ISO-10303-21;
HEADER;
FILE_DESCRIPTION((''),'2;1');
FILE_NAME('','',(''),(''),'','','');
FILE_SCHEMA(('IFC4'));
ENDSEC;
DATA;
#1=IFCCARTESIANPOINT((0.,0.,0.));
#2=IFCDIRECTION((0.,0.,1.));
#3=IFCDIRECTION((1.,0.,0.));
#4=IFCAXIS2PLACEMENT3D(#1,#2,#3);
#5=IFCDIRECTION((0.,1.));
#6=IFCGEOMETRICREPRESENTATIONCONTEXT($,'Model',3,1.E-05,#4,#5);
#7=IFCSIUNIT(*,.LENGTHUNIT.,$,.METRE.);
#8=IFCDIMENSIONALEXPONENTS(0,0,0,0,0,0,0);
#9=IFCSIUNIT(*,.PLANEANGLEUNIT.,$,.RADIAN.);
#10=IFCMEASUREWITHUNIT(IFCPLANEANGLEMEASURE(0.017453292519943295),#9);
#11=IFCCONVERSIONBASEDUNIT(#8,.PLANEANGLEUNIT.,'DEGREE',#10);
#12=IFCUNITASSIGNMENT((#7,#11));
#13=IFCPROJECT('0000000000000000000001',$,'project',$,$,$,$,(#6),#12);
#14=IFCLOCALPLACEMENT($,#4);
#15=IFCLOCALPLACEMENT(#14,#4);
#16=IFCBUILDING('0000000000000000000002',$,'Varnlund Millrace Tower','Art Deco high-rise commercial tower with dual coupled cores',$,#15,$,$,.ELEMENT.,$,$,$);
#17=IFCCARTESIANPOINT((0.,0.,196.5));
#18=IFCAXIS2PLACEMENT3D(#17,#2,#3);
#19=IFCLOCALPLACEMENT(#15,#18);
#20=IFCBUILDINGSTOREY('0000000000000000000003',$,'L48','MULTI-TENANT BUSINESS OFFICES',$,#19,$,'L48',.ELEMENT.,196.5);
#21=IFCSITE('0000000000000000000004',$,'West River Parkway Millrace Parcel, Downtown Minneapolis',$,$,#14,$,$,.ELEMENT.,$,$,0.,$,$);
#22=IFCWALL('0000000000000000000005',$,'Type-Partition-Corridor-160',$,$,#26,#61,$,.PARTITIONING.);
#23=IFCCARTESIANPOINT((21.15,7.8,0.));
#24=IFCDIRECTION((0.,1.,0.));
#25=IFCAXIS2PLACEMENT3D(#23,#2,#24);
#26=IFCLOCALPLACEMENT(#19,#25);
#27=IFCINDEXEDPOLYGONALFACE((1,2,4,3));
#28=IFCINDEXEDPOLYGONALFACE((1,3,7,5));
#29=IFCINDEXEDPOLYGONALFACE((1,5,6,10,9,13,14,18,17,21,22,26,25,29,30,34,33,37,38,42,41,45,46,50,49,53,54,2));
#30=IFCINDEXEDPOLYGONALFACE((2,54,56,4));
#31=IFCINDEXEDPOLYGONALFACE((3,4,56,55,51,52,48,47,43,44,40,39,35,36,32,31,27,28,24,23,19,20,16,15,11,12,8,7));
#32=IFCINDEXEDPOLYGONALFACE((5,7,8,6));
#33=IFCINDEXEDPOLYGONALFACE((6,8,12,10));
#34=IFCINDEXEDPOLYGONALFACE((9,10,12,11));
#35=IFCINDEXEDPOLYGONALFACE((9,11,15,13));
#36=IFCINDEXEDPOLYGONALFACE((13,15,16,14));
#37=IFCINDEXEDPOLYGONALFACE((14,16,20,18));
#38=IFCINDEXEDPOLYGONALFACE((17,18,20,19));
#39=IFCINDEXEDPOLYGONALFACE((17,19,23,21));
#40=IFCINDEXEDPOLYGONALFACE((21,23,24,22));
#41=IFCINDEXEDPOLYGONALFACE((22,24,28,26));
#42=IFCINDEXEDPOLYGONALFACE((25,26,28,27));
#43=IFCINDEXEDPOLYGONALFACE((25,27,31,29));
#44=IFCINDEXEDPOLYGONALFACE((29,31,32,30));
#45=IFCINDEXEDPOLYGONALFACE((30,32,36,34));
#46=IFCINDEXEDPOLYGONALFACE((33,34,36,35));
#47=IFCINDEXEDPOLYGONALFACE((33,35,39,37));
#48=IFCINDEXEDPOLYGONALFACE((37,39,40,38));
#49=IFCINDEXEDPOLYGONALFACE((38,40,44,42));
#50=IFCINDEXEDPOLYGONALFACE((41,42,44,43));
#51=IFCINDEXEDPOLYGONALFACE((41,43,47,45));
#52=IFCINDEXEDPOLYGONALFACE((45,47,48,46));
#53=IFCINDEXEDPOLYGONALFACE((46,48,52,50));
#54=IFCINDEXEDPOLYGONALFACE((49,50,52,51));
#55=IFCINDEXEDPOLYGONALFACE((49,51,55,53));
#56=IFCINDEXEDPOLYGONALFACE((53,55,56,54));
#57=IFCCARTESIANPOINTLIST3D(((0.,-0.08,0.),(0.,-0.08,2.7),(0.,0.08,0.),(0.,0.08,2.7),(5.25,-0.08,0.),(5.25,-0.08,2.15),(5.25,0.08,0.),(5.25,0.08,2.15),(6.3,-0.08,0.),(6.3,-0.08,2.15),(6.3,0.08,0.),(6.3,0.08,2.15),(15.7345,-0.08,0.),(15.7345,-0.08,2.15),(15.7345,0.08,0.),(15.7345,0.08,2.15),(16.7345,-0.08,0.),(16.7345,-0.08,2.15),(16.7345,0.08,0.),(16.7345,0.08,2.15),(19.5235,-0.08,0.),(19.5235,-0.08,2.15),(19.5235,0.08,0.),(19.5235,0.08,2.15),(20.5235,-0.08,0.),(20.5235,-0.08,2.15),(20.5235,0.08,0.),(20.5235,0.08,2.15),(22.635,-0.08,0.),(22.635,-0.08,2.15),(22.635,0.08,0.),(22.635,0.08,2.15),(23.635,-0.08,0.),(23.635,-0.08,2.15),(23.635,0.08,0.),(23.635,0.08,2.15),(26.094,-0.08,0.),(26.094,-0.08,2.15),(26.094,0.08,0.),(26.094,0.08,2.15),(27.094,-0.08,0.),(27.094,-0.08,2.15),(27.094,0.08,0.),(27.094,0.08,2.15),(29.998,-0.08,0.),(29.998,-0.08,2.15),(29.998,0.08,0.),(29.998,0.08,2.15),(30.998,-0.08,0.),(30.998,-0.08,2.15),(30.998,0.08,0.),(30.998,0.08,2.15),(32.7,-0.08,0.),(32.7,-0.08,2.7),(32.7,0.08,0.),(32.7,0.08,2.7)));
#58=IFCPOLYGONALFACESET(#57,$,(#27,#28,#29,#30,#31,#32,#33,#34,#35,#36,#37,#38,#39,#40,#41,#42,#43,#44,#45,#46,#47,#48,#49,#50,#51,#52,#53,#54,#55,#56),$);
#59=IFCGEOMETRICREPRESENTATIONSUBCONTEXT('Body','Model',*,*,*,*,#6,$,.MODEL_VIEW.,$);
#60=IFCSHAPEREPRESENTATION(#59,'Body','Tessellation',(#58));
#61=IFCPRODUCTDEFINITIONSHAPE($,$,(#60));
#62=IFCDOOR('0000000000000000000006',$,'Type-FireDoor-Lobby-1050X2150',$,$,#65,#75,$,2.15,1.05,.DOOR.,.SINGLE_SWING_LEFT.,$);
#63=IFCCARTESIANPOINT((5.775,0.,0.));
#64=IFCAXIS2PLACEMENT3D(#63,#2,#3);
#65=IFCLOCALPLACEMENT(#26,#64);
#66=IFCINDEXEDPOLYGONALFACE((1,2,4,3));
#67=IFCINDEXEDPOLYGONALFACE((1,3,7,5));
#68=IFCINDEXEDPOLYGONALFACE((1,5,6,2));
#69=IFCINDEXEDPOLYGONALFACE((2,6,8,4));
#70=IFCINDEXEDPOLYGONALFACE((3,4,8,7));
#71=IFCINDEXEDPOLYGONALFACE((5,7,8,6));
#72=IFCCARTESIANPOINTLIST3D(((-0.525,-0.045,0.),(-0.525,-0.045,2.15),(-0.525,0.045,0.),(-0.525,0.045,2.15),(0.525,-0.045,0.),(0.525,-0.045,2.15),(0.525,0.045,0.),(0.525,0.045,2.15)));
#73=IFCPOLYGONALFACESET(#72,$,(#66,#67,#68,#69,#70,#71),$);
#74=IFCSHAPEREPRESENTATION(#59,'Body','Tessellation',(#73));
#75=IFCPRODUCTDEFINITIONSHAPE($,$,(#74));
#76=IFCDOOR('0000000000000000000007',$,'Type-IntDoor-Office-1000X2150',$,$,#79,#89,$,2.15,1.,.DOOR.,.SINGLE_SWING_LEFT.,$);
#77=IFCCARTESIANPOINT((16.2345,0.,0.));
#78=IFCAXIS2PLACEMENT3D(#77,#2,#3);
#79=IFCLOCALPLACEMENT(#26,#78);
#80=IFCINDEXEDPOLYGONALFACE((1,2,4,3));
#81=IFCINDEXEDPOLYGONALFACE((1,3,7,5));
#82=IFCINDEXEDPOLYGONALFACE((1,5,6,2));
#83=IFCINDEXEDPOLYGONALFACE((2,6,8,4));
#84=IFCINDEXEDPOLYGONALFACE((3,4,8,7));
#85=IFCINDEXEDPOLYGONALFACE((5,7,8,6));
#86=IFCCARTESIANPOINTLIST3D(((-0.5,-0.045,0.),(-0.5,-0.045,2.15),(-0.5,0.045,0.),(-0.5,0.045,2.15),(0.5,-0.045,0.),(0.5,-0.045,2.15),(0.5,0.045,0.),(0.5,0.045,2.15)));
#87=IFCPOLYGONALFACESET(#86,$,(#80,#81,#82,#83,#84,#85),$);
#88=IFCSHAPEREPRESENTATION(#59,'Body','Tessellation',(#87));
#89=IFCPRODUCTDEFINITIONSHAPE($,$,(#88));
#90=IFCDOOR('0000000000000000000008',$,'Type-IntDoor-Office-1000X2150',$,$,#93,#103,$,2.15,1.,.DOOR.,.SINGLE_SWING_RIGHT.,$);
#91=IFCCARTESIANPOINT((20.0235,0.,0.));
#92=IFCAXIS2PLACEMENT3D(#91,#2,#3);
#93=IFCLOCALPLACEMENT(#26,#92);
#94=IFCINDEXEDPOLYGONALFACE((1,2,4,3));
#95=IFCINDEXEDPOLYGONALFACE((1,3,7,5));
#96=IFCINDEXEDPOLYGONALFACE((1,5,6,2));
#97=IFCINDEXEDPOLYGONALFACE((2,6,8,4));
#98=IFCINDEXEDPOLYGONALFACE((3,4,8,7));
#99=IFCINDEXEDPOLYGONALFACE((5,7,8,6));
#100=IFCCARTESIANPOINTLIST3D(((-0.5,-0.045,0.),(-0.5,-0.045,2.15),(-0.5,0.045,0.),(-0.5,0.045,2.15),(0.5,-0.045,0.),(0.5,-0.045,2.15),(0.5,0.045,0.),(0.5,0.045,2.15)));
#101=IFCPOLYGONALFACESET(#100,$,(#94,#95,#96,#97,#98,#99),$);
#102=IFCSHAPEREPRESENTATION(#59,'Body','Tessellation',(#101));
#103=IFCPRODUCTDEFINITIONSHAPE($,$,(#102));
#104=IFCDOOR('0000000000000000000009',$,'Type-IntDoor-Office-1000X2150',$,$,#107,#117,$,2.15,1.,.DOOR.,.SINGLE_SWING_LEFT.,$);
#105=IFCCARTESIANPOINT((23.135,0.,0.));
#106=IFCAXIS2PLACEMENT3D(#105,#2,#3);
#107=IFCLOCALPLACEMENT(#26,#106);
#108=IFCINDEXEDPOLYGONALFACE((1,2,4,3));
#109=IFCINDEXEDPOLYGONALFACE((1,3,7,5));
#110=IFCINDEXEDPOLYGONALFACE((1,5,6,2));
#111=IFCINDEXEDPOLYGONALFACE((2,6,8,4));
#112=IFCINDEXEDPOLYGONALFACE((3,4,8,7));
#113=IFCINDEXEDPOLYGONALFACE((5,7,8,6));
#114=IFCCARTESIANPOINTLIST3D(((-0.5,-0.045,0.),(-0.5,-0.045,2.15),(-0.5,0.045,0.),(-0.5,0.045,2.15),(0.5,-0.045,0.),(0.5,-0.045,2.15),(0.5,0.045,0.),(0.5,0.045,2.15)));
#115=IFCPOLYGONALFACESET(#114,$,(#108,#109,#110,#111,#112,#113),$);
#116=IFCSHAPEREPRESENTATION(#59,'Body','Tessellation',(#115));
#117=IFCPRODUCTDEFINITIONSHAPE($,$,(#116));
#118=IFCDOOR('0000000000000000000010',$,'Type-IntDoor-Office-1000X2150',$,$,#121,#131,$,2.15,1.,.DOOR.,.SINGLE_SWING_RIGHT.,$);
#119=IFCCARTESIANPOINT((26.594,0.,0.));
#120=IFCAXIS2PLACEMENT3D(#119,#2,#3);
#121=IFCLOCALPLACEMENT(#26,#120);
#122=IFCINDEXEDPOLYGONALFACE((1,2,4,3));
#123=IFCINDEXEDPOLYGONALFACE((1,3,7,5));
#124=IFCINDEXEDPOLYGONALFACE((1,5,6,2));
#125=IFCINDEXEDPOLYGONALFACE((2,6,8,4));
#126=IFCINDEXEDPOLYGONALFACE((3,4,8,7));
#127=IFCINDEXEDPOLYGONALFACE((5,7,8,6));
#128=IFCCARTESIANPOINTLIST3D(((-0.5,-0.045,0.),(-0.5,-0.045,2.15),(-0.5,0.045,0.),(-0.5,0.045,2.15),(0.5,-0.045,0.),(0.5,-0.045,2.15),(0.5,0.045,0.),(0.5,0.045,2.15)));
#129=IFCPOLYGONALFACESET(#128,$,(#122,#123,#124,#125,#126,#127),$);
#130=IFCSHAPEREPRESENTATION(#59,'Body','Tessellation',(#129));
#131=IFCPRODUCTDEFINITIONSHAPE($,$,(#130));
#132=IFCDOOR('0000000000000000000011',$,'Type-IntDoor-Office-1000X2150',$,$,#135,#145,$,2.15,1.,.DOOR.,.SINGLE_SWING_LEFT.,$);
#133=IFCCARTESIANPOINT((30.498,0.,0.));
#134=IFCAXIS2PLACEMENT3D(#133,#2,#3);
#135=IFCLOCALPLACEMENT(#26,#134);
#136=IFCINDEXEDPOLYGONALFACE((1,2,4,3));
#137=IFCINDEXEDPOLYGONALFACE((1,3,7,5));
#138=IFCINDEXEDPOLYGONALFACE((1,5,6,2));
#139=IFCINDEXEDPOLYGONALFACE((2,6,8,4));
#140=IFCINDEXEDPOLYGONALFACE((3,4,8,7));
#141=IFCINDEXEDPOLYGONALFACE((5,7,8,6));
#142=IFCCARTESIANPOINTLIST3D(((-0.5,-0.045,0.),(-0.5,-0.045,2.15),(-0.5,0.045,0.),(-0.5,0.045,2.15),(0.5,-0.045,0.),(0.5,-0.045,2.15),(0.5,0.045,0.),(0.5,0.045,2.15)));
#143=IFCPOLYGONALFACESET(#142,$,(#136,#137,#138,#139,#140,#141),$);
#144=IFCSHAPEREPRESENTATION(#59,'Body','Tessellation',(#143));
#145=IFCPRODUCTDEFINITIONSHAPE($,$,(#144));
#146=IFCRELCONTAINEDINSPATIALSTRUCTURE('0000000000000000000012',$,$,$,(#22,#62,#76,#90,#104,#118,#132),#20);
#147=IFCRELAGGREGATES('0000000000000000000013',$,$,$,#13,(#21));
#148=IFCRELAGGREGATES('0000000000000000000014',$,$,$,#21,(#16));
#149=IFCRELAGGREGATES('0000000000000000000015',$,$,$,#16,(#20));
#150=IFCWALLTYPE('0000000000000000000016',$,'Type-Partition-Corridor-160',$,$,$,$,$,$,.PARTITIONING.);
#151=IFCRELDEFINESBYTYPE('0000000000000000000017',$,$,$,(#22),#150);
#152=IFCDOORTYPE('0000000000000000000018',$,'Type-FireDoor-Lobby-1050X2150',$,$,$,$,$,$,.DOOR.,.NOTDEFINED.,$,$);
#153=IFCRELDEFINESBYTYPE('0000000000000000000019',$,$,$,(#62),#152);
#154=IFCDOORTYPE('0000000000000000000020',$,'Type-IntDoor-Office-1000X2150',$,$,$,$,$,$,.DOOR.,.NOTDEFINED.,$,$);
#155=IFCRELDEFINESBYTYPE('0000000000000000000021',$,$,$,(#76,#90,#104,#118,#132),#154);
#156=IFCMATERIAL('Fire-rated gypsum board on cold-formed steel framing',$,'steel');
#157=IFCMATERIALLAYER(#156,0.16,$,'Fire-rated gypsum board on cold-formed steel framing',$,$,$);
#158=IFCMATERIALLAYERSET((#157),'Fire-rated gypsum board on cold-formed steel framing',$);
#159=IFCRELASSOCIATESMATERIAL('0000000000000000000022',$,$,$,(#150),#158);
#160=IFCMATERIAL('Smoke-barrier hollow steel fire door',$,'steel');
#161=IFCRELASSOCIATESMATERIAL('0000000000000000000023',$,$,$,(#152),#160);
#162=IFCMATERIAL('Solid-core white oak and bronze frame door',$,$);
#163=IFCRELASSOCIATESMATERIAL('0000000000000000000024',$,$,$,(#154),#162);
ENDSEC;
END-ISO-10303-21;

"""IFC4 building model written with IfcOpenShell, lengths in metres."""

from ifc_helpers import new_model, entity, si_unit, converted_unit, direction, frame, origin_with_axes, origin_2d_with_axis, place, context, subcontext, project, spatial, polyline, rectangle, outline, extrude, material, layer, layer_set, type_object, element, fill, save


model = new_model("IFC4")

# Units and contexts
model_context = context("Model", 3, precision=1e-05, world=origin_with_axes(), true_north=direction((0.0, 1.0)))
body_context = subcontext(model_context, "Body", "Model", "MODEL_VIEW")
ifc_project = project(units=[si_unit("LENGTHUNIT", "METRE"), converted_unit("PLANEANGLEUNIT", "DEGREE", entity("IfcPlaneAngleMeasure", 0.017453292519943295), si_unit("PLANEANGLEUNIT", "RADIAN"), dimensions=[0, 0, 0, 0, 0, 0, 0])], contexts=[model_context])

# Site, building, storey
site_placement = place(None, origin_with_axes())
site = spatial("IfcSite", under=ifc_project, at=site_placement, Name="West River Parkway Millrace Parcel, Downtown Minneapolis", CompositionType="ELEMENT", RefElevation=0.0)
building_placement = place(site_placement, origin_with_axes())
building = spatial("IfcBuilding", under=site, at=building_placement, Name="Varnlund Millrace Tower", Description="Art Deco high-rise commercial tower with dual coupled cores", CompositionType="ELEMENT")
storey_placement = place(building_placement, frame((0.0, 0.0, 196.5), z_axis=(0.0, 0.0, 1.0), x_axis=(1.0, 0.0, 0.0)))
storey = spatial("IfcBuildingStorey", under=building, at=storey_placement, Name="L48", Description="MULTI-TENANT BUSINESS OFFICES", LongName="L48", CompositionType="ELEMENT", Elevation=196.5)

# Wall, openings, doors
ifc_material_1 = material(Name="Fire-rated gypsum board on cold-formed steel framing", Category="steel")
ifc_layer_1 = layer(ifc_material_1, 0.16, Name="Fire-rated gypsum board on cold-formed steel framing")
ifc_layer_set_1 = layer_set([ifc_layer_1], Name="Fire-rated gypsum board on cold-formed steel framing")
wall_type_1 = type_object("IfcWallType", Name="Type-Partition-Corridor-160", PredefinedType="PARTITIONING", material=ifc_layer_set_1)
wall_1_placement = place(storey_placement, frame((21.15, 7.8, 0.0), z_axis=(0.0, 0.0, 1.0), x_axis=(0.0, 1.0, 0.0)))
wall_1 = element("IfcWall", 1, at=wall_1_placement, inside=storey, type_object=wall_type_1, Name="Type-Partition-Corridor-160", PredefinedType="PARTITIONING", context=body_context, shape_type="SweptSolid", body=[
    extrude(outline(polyline([(0.0, -0.08), (32.7, -0.08), (32.7, 0.08), (0.0, 0.08), (0.0, -0.08)])), origin_with_axes(), (0.0, 0.0, 1.0), 2.7),
])
opening_1_placement = place(wall_1_placement, frame((16.2345, 0.0, 0.0), z_axis=(0.0, 0.0, 1.0), x_axis=(1.0, 0.0, 0.0)))
opening_1 = element("IfcOpeningElement", 2, at=opening_1_placement, cuts=wall_1, PredefinedType="OPENING", context=body_context, shape_type="SweptSolid", body=[
    extrude(rectangle(XDim=1.0, YDim=0.18, at=origin_2d_with_axis()), origin_with_axes(), (0.0, 0.0, 1.0), 2.15),
])
opening_2_placement = place(wall_1_placement, frame((20.0235, 0.0, 0.0), z_axis=(0.0, 0.0, 1.0), x_axis=(1.0, 0.0, 0.0)))
opening_2 = element("IfcOpeningElement", 3, at=opening_2_placement, cuts=wall_1, PredefinedType="OPENING", context=body_context, shape_type="SweptSolid", body=[
    extrude(rectangle(XDim=1.0, YDim=0.18, at=origin_2d_with_axis()), origin_with_axes(), (0.0, 0.0, 1.0), 2.15),
])
opening_3_placement = place(wall_1_placement, frame((23.135, 0.0, 0.0), z_axis=(0.0, 0.0, 1.0), x_axis=(1.0, 0.0, 0.0)))
opening_3 = element("IfcOpeningElement", 4, at=opening_3_placement, cuts=wall_1, PredefinedType="OPENING", context=body_context, shape_type="SweptSolid", body=[
    extrude(rectangle(XDim=1.0, YDim=0.18, at=origin_2d_with_axis()), origin_with_axes(), (0.0, 0.0, 1.0), 2.15),
])
opening_4_placement = place(wall_1_placement, frame((26.594, 0.0, 0.0), z_axis=(0.0, 0.0, 1.0), x_axis=(1.0, 0.0, 0.0)))
opening_4 = element("IfcOpeningElement", 5, at=opening_4_placement, cuts=wall_1, PredefinedType="OPENING", context=body_context, shape_type="SweptSolid", body=[
    extrude(rectangle(XDim=1.0, YDim=0.18, at=origin_2d_with_axis()), origin_with_axes(), (0.0, 0.0, 1.0), 2.15),
])
opening_5_placement = place(wall_1_placement, frame((30.498, 0.0, 0.0), z_axis=(0.0, 0.0, 1.0), x_axis=(1.0, 0.0, 0.0)))
opening_5 = element("IfcOpeningElement", 6, at=opening_5_placement, cuts=wall_1, PredefinedType="OPENING", context=body_context, shape_type="SweptSolid", body=[
    extrude(rectangle(XDim=1.0, YDim=0.18, at=origin_2d_with_axis()), origin_with_axes(), (0.0, 0.0, 1.0), 2.15),
])
opening_6_placement = place(wall_1_placement, frame((5.775, 0.0, 0.0), z_axis=(0.0, 0.0, 1.0), x_axis=(1.0, 0.0, 0.0)))
opening_6 = element("IfcOpeningElement", 7, at=opening_6_placement, cuts=wall_1, PredefinedType="OPENING", context=body_context, shape_type="SweptSolid", body=[
    extrude(rectangle(XDim=1.05, YDim=0.18, at=origin_2d_with_axis()), origin_with_axes(), (0.0, 0.0, 1.0), 2.15),
])
ifc_material_2 = material(Name="Smoke-barrier hollow steel fire door", Category="steel")
door_type_1 = type_object("IfcDoorType", Name="Type-FireDoor-Lobby-1050X2150", OperationType="NOTDEFINED", PredefinedType="DOOR", material=ifc_material_2)
door_1_placement = place(wall_1_placement, frame((5.775, 0.0, 0.0), z_axis=(0.0, 0.0, 1.0), x_axis=(1.0, 0.0, 0.0)))
door_1 = element("IfcDoor", 8, at=door_1_placement, inside=storey, type_object=door_type_1, Name="Type-FireDoor-Lobby-1050X2150", OperationType="SINGLE_SWING_LEFT", OverallHeight=2.15, OverallWidth=1.05, PredefinedType="DOOR", context=body_context, shape_type="SweptSolid", body=[
    extrude(rectangle(XDim=1.05, YDim=0.09, at=origin_2d_with_axis()), origin_with_axes(), (0.0, 0.0, 1.0), 2.15),
])
fill(opening_6, door_1)
ifc_material_3 = material(Name="Solid-core white oak and bronze frame door")
door_type_2 = type_object("IfcDoorType", Name="Type-IntDoor-Office-1000X2150", OperationType="NOTDEFINED", PredefinedType="DOOR", material=ifc_material_3)
door_2_placement = place(wall_1_placement, frame((16.2345, 0.0, 0.0), z_axis=(0.0, 0.0, 1.0), x_axis=(1.0, 0.0, 0.0)))
door_2 = element("IfcDoor", 9, at=door_2_placement, inside=storey, type_object=door_type_2, Name="Type-IntDoor-Office-1000X2150", OperationType="SINGLE_SWING_LEFT", OverallHeight=2.15, OverallWidth=1.0, PredefinedType="DOOR", context=body_context, shape_type="SweptSolid", body=[
    extrude(rectangle(XDim=1.0, YDim=0.09, at=origin_2d_with_axis()), origin_with_axes(), (0.0, 0.0, 1.0), 2.15),
])
fill(opening_1, door_2)
door_3_placement = place(wall_1_placement, frame((20.0235, 0.0, 0.0), z_axis=(0.0, 0.0, 1.0), x_axis=(1.0, 0.0, 0.0)))
door_3 = element("IfcDoor", 10, at=door_3_placement, inside=storey, type_object=door_type_2, Name="Type-IntDoor-Office-1000X2150", OperationType="SINGLE_SWING_RIGHT", OverallHeight=2.15, OverallWidth=1.0, PredefinedType="DOOR", context=body_context, shape_type="SweptSolid", body=[
    extrude(rectangle(XDim=1.0, YDim=0.09, at=origin_2d_with_axis()), origin_with_axes(), (0.0, 0.0, 1.0), 2.15),
])
fill(opening_2, door_3)
door_4_placement = place(wall_1_placement, frame((23.135, 0.0, 0.0), z_axis=(0.0, 0.0, 1.0), x_axis=(1.0, 0.0, 0.0)))
door_4 = element("IfcDoor", 11, at=door_4_placement, inside=storey, type_object=door_type_2, Name="Type-IntDoor-Office-1000X2150", OperationType="SINGLE_SWING_LEFT", OverallHeight=2.15, OverallWidth=1.0, PredefinedType="DOOR", context=body_context, shape_type="SweptSolid", body=[
    extrude(rectangle(XDim=1.0, YDim=0.09, at=origin_2d_with_axis()), origin_with_axes(), (0.0, 0.0, 1.0), 2.15),
])
fill(opening_3, door_4)
door_5_placement = place(wall_1_placement, frame((26.594, 0.0, 0.0), z_axis=(0.0, 0.0, 1.0), x_axis=(1.0, 0.0, 0.0)))
door_5 = element("IfcDoor", 12, at=door_5_placement, inside=storey, type_object=door_type_2, Name="Type-IntDoor-Office-1000X2150", OperationType="SINGLE_SWING_RIGHT", OverallHeight=2.15, OverallWidth=1.0, PredefinedType="DOOR", context=body_context, shape_type="SweptSolid", body=[
    extrude(rectangle(XDim=1.0, YDim=0.09, at=origin_2d_with_axis()), origin_with_axes(), (0.0, 0.0, 1.0), 2.15),
])
fill(opening_4, door_5)
door_6_placement = place(wall_1_placement, frame((30.498, 0.0, 0.0), z_axis=(0.0, 0.0, 1.0), x_axis=(1.0, 0.0, 0.0)))
door_6 = element("IfcDoor", 13, at=door_6_placement, inside=storey, type_object=door_type_2, Name="Type-IntDoor-Office-1000X2150", OperationType="SINGLE_SWING_LEFT", OverallHeight=2.15, OverallWidth=1.0, PredefinedType="DOOR", context=body_context, shape_type="SweptSolid", body=[
    extrude(rectangle(XDim=1.0, YDim=0.09, at=origin_2d_with_axis()), origin_with_axes(), (0.0, 0.0, 1.0), 2.15),
])
fill(opening_5, door_6)

save(model, "model.ifc")
